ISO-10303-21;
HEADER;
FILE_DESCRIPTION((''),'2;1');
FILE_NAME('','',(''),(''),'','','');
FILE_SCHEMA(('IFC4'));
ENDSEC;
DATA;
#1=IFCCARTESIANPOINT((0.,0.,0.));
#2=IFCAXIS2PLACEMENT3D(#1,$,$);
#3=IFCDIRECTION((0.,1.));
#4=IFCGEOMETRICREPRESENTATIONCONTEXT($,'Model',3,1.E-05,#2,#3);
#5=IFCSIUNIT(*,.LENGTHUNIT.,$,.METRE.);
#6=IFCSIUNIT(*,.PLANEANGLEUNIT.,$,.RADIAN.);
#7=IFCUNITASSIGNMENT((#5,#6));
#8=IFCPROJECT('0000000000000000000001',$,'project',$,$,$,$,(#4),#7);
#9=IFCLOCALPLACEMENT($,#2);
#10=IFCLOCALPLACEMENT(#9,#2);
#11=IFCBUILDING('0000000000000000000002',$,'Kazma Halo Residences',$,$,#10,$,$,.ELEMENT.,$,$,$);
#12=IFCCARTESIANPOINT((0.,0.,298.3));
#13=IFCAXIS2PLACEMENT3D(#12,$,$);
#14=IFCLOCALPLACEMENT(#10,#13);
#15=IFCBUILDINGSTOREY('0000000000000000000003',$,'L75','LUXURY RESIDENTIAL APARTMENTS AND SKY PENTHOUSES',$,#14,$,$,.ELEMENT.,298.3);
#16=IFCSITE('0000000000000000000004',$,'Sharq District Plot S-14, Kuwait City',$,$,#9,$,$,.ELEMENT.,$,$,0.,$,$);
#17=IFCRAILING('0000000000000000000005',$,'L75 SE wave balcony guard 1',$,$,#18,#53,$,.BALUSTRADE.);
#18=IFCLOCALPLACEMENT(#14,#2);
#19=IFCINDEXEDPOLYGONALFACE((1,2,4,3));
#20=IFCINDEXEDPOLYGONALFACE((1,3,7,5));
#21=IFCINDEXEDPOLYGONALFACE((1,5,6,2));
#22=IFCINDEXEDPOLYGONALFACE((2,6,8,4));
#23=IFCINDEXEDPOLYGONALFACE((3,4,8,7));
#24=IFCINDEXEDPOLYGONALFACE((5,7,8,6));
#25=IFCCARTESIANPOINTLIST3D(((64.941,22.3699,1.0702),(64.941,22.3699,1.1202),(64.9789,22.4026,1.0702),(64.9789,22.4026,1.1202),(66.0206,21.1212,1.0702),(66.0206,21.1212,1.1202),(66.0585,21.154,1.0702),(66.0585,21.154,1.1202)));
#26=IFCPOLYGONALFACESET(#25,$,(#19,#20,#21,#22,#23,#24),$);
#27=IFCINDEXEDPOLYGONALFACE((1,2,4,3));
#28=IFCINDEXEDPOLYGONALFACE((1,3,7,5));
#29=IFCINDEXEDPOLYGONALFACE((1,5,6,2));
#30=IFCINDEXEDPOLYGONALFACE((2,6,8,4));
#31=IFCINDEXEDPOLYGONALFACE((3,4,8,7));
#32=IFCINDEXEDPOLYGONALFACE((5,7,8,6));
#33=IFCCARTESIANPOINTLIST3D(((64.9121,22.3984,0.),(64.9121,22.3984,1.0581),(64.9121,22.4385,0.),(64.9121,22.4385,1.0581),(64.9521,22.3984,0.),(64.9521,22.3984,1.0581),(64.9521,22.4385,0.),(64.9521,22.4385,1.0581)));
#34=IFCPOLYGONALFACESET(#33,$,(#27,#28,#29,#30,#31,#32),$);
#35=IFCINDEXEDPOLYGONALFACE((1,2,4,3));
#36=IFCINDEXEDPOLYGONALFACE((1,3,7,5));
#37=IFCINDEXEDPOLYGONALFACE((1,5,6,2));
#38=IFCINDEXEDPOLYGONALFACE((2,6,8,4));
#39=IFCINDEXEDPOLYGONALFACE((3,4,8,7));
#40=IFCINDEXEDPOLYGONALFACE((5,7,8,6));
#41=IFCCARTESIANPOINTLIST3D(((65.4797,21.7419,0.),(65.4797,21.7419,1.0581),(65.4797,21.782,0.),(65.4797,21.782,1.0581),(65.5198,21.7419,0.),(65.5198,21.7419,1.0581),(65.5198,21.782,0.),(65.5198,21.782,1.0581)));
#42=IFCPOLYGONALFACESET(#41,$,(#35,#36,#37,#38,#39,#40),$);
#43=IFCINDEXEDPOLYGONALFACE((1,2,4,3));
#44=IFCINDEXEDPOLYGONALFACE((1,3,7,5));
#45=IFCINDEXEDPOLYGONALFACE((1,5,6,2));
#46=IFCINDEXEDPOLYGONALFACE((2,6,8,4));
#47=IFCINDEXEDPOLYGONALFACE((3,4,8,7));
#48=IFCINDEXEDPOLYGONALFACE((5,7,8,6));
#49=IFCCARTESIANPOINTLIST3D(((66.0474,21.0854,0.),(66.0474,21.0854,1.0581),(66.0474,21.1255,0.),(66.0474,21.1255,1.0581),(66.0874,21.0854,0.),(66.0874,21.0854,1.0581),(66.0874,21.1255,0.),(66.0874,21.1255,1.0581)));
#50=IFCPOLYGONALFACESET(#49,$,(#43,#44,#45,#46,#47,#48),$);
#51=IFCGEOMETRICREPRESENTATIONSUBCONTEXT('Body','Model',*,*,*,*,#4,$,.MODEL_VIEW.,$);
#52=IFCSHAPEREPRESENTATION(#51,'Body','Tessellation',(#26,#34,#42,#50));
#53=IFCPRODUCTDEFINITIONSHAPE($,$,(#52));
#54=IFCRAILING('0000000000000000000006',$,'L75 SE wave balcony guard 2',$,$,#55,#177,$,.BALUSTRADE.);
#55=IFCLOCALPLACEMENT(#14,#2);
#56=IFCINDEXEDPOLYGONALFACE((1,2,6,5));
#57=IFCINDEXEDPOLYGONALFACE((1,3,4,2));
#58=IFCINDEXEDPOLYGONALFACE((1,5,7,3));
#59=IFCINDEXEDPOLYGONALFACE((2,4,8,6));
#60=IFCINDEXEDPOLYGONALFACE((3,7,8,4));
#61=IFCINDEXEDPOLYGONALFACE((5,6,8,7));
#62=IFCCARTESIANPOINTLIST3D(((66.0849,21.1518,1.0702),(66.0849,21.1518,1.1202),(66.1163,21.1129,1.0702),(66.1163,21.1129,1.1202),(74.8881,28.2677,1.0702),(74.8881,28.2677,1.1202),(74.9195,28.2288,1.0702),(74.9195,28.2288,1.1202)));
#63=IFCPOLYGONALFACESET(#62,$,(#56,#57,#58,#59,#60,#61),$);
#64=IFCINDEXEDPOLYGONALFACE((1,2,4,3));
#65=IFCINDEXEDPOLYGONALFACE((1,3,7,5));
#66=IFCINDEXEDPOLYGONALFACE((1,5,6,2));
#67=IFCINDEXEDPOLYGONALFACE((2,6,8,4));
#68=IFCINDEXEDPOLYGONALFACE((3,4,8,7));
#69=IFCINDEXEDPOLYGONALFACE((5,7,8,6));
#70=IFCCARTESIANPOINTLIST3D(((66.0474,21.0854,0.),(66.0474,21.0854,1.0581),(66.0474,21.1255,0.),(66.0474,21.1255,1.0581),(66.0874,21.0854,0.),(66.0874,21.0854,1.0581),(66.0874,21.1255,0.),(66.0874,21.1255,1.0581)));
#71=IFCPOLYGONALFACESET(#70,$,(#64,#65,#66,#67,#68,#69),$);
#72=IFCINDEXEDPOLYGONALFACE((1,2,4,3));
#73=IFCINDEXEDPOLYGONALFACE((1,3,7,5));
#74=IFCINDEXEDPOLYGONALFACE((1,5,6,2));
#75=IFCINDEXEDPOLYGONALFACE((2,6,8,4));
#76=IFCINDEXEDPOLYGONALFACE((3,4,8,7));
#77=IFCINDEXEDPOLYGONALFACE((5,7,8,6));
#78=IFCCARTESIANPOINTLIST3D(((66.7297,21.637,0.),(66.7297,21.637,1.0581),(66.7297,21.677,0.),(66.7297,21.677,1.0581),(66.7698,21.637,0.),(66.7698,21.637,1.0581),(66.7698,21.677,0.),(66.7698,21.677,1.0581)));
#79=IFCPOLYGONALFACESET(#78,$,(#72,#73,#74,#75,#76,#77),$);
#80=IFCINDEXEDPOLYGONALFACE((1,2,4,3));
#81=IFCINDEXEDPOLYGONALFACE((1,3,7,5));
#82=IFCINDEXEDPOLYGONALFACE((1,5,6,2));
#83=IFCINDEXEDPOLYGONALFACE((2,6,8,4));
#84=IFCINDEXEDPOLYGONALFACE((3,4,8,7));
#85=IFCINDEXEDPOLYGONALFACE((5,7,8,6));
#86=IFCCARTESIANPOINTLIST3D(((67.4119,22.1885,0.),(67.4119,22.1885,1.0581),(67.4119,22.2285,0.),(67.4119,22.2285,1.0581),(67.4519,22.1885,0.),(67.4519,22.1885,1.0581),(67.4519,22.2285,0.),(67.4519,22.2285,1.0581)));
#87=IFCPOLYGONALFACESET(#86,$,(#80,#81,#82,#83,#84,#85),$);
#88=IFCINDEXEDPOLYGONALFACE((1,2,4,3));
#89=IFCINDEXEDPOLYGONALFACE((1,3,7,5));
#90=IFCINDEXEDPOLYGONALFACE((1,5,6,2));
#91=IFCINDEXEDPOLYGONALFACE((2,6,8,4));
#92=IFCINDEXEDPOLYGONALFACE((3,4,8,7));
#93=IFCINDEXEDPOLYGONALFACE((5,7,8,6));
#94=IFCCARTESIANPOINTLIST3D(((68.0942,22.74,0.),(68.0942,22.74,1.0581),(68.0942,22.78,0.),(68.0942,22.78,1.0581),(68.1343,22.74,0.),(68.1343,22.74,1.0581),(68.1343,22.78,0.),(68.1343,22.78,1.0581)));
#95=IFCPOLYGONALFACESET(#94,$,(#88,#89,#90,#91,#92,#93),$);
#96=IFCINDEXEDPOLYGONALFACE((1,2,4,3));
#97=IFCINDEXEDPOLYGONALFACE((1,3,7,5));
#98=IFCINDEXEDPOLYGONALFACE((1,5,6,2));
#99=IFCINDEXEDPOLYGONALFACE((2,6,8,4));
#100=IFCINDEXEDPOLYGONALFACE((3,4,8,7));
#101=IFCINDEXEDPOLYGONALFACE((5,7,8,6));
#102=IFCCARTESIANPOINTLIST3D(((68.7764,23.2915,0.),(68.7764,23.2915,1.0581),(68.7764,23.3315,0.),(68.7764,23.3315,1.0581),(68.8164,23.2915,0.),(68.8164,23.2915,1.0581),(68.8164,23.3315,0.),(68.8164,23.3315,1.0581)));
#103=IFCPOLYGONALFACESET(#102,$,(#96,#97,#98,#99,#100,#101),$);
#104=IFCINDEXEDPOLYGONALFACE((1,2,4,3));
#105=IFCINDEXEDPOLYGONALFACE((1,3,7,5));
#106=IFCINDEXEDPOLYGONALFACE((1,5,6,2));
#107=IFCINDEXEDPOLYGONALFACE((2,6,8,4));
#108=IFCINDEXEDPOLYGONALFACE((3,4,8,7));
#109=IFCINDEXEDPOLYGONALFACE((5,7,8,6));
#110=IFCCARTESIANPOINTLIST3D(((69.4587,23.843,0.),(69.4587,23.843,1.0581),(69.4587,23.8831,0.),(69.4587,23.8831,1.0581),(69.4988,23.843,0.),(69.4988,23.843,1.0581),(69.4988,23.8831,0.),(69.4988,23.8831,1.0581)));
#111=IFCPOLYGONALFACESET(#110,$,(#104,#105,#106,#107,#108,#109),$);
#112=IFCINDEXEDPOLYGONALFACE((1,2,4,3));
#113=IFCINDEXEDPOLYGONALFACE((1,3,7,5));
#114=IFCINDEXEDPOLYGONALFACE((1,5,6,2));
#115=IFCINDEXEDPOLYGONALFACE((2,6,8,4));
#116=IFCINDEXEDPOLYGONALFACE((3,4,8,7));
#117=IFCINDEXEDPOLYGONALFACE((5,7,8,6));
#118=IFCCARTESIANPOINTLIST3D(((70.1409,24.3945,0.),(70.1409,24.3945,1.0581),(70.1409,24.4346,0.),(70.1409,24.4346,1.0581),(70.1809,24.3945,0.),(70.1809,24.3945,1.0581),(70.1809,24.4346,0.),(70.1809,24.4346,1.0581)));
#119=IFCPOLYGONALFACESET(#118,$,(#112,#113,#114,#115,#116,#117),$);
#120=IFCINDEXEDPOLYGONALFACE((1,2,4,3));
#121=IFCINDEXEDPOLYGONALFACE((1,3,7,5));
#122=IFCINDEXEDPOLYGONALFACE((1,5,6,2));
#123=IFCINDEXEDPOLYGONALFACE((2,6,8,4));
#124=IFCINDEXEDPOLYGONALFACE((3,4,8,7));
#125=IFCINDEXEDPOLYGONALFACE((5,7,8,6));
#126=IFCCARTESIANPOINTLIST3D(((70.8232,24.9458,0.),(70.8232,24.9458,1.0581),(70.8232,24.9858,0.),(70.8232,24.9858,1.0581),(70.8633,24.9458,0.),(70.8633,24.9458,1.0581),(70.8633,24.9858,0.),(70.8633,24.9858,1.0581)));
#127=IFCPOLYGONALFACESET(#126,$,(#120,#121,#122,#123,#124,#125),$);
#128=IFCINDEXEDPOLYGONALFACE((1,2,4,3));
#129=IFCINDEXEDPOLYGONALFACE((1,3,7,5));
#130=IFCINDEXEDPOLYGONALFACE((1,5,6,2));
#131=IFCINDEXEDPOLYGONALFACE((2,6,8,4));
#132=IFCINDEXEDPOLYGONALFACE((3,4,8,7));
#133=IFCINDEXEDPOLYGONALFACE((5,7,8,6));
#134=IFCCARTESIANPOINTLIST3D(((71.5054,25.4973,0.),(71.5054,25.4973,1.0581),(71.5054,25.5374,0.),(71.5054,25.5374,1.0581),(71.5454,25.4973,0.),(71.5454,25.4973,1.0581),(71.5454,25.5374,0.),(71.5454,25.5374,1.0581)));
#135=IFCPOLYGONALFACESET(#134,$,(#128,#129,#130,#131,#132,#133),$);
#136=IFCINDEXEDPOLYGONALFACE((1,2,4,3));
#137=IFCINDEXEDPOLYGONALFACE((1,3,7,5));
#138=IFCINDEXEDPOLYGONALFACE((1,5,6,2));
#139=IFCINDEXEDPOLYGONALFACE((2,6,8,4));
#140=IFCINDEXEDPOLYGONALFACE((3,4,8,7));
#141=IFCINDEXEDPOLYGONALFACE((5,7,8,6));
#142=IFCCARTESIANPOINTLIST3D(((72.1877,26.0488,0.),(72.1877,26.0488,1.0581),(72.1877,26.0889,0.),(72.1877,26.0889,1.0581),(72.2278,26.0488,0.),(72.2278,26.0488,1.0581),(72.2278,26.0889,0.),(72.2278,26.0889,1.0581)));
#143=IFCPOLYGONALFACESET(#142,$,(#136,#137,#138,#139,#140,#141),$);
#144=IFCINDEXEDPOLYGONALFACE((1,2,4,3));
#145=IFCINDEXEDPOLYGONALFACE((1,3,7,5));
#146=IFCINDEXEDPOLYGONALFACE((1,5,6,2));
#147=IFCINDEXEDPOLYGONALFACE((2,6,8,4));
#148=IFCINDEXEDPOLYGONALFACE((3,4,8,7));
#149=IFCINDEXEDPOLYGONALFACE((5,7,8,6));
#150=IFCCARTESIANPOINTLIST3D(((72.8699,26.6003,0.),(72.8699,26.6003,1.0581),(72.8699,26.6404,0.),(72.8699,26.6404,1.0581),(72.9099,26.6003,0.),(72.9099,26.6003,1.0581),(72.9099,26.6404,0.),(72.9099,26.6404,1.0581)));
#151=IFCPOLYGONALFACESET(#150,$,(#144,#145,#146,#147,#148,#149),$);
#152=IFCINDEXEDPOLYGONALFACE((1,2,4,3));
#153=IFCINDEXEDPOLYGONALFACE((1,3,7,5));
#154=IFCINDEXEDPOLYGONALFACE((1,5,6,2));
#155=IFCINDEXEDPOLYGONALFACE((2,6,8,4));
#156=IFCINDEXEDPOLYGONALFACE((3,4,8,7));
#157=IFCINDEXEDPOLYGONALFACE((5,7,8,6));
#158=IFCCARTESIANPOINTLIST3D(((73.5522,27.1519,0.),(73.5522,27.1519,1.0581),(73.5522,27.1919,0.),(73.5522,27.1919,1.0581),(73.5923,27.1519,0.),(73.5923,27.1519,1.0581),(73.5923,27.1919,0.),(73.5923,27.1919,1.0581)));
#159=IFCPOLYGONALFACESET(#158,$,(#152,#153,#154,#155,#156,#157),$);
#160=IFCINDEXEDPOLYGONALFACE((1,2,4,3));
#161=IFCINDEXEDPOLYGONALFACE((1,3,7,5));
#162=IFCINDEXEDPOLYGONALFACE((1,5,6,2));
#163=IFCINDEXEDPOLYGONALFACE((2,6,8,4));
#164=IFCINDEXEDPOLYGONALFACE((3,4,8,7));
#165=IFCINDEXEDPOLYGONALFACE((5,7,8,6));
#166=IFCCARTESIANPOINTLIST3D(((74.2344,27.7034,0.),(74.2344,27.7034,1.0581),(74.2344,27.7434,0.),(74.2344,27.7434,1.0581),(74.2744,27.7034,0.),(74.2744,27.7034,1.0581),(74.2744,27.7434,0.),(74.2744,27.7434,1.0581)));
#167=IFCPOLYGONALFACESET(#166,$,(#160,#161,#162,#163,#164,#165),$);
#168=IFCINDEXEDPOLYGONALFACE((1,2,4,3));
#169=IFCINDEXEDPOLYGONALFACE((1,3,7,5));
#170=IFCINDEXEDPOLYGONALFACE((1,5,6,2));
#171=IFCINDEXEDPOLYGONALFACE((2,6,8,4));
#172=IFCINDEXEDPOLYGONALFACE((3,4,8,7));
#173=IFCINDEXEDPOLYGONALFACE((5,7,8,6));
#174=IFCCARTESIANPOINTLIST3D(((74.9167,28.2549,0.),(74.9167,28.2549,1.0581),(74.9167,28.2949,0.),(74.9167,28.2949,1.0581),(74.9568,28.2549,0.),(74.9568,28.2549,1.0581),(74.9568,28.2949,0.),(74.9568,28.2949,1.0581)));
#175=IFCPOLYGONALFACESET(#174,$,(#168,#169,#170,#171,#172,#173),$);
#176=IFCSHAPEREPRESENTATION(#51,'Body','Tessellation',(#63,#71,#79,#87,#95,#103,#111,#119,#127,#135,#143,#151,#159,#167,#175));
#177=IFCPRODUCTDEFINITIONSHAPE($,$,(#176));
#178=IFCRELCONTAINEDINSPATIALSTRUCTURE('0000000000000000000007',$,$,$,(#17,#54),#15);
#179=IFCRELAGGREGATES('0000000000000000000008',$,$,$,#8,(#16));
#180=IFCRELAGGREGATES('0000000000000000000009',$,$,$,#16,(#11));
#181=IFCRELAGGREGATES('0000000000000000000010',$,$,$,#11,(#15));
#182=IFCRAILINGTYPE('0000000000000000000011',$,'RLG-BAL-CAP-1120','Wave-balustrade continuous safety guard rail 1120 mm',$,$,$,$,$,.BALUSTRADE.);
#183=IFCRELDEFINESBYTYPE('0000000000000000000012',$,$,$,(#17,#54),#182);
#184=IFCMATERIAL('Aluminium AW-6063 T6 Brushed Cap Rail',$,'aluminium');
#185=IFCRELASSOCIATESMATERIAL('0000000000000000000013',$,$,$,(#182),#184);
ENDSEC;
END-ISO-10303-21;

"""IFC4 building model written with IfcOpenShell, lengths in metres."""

from ifc_helpers import new_model, si_unit, direction, frame, origin, origin_2d, place, context, subcontext, project, spatial, rectangle, extrude, material, type_object, element, save


model = new_model("IFC4")

# Units and contexts
model_context = context("Model", 3, precision=1e-05, world=origin(), true_north=direction((0.0, 1.0)))
body_context = subcontext(model_context, "Body", "Model", "MODEL_VIEW")
ifc_project = project(units=[si_unit("LENGTHUNIT", "METRE"), si_unit("PLANEANGLEUNIT", "RADIAN")], contexts=[model_context])

# Site, building, storey
site_placement = place(None, origin())
site = spatial("IfcSite", under=ifc_project, at=site_placement, Name="Sharq District Plot S-14, Kuwait City", CompositionType="ELEMENT", RefElevation=0.0)
building_placement = place(site_placement, origin())
building = spatial("IfcBuilding", under=site, at=building_placement, Name="Kazma Halo Residences", CompositionType="ELEMENT")
storey_placement = place(building_placement, frame((0.0, 0.0, 298.3)))
storey = spatial("IfcBuildingStorey", under=building, at=storey_placement, Name="L75", Description="LUXURY RESIDENTIAL APARTMENTS AND SKY PENTHOUSES", CompositionType="ELEMENT", Elevation=298.3)

# Railings
ifc_material_1 = material(Name="Aluminium AW-6063 T6 Brushed Cap Rail", Category="aluminium")
railing_type = type_object("IfcRailingType", Name="RLG-BAL-CAP-1120", Description="Wave-balustrade continuous safety guard rail 1120 mm", PredefinedType="BALUSTRADE", material=ifc_material_1)
railing_1_placement = place(storey_placement, frame((64.9321, 22.4185, 0.0)))
element("IfcRailing", 1, at=railing_1_placement, inside=storey, type_object=railing_type, Name="L75 SE wave balcony guard 1", PredefinedType="BALUSTRADE", context=body_context, shape_type="SweptSolid", body=[
    extrude(rectangle(XDim=0.05, YDim=0.05, at=origin_2d()), frame((0.0278, -0.0322, 1.0952), z_axis=(0.654052, -0.75645, 0.0), x_axis=(0.75645, 0.654052, 0.0)), (0.0, 0.0, 1.0), 1.6506),
    extrude(rectangle(XDim=0.04, YDim=0.04, at=origin_2d()), origin(), (0.0, 0.0, 1.0), 1.0581),
    extrude(rectangle(XDim=0.04, YDim=0.04, at=origin_2d()), frame((0.5676, -0.6565, 0.0)), (0.0, 0.0, 1.0), 1.0581),
    extrude(rectangle(XDim=0.04, YDim=0.04, at=origin_2d()), frame((1.1353, -1.313, 0.0)), (0.0, 0.0, 1.0), 1.0581),
])
railing_2_placement = place(storey_placement, frame((66.0674, 21.1055, 0.0)))
element("IfcRailing", 2, at=railing_2_placement, inside=storey, type_object=railing_type, Name="L75 SE wave balcony guard 2", PredefinedType="BALUSTRADE", context=body_context, shape_type="SweptSolid", body=[
    extrude(rectangle(XDim=0.05, YDim=0.05, at=origin_2d()), frame((0.0332, 0.0269, 1.0952), z_axis=(0.777697, 0.62864, 0.0), x_axis=(-0.62864, 0.777697, 0.0)), (0.0, 0.0, 1.0), 11.3196),
    extrude(rectangle(XDim=0.04, YDim=0.04, at=origin_2d()), origin(), (0.0, 0.0, 1.0), 1.0581),
    extrude(rectangle(XDim=0.04, YDim=0.04, at=origin_2d()), frame((0.6824, 0.5515, 0.0)), (0.0, 0.0, 1.0), 1.0581),
    extrude(rectangle(XDim=0.04, YDim=0.04, at=origin_2d()), frame((1.3645, 1.103, 0.0)), (0.0, 0.0, 1.0), 1.0581),
    extrude(rectangle(XDim=0.04, YDim=0.04, at=origin_2d()), frame((2.0469, 1.6545, 0.0)), (0.0, 0.0, 1.0), 1.0581),
    extrude(rectangle(XDim=0.04, YDim=0.04, at=origin_2d()), frame((2.729, 2.2061, 0.0)), (0.0, 0.0, 1.0), 1.0581),
    extrude(rectangle(XDim=0.04, YDim=0.04, at=origin_2d()), frame((3.4114, 2.7576, 0.0)), (0.0, 0.0, 1.0), 1.0581),
    extrude(rectangle(XDim=0.04, YDim=0.04, at=origin_2d()), frame((4.0935, 3.3091, 0.0)), (0.0, 0.0, 1.0), 1.0581),
    extrude(rectangle(XDim=0.04, YDim=0.04, at=origin_2d()), frame((4.7759, 3.8604, 0.0)), (0.0, 0.0, 1.0), 1.0581),
    extrude(rectangle(XDim=0.04, YDim=0.04, at=origin_2d()), frame((5.458, 4.4119, 0.0)), (0.0, 0.0, 1.0), 1.0581),
    extrude(rectangle(XDim=0.04, YDim=0.04, at=origin_2d()), frame((6.1404, 4.9634, 0.0)), (0.0, 0.0, 1.0), 1.0581),
    extrude(rectangle(XDim=0.04, YDim=0.04, at=origin_2d()), frame((6.8225, 5.5149, 0.0)), (0.0, 0.0, 1.0), 1.0581),
    extrude(rectangle(XDim=0.04, YDim=0.04, at=origin_2d()), frame((7.5049, 6.0664, 0.0)), (0.0, 0.0, 1.0), 1.0581),
    extrude(rectangle(XDim=0.04, YDim=0.04, at=origin_2d()), frame((8.187, 6.6179, 0.0)), (0.0, 0.0, 1.0), 1.0581),
    extrude(rectangle(XDim=0.04, YDim=0.04, at=origin_2d()), frame((8.8694, 7.1694, 0.0)), (0.0, 0.0, 1.0), 1.0581),
])

save(model, "model.ifc")
